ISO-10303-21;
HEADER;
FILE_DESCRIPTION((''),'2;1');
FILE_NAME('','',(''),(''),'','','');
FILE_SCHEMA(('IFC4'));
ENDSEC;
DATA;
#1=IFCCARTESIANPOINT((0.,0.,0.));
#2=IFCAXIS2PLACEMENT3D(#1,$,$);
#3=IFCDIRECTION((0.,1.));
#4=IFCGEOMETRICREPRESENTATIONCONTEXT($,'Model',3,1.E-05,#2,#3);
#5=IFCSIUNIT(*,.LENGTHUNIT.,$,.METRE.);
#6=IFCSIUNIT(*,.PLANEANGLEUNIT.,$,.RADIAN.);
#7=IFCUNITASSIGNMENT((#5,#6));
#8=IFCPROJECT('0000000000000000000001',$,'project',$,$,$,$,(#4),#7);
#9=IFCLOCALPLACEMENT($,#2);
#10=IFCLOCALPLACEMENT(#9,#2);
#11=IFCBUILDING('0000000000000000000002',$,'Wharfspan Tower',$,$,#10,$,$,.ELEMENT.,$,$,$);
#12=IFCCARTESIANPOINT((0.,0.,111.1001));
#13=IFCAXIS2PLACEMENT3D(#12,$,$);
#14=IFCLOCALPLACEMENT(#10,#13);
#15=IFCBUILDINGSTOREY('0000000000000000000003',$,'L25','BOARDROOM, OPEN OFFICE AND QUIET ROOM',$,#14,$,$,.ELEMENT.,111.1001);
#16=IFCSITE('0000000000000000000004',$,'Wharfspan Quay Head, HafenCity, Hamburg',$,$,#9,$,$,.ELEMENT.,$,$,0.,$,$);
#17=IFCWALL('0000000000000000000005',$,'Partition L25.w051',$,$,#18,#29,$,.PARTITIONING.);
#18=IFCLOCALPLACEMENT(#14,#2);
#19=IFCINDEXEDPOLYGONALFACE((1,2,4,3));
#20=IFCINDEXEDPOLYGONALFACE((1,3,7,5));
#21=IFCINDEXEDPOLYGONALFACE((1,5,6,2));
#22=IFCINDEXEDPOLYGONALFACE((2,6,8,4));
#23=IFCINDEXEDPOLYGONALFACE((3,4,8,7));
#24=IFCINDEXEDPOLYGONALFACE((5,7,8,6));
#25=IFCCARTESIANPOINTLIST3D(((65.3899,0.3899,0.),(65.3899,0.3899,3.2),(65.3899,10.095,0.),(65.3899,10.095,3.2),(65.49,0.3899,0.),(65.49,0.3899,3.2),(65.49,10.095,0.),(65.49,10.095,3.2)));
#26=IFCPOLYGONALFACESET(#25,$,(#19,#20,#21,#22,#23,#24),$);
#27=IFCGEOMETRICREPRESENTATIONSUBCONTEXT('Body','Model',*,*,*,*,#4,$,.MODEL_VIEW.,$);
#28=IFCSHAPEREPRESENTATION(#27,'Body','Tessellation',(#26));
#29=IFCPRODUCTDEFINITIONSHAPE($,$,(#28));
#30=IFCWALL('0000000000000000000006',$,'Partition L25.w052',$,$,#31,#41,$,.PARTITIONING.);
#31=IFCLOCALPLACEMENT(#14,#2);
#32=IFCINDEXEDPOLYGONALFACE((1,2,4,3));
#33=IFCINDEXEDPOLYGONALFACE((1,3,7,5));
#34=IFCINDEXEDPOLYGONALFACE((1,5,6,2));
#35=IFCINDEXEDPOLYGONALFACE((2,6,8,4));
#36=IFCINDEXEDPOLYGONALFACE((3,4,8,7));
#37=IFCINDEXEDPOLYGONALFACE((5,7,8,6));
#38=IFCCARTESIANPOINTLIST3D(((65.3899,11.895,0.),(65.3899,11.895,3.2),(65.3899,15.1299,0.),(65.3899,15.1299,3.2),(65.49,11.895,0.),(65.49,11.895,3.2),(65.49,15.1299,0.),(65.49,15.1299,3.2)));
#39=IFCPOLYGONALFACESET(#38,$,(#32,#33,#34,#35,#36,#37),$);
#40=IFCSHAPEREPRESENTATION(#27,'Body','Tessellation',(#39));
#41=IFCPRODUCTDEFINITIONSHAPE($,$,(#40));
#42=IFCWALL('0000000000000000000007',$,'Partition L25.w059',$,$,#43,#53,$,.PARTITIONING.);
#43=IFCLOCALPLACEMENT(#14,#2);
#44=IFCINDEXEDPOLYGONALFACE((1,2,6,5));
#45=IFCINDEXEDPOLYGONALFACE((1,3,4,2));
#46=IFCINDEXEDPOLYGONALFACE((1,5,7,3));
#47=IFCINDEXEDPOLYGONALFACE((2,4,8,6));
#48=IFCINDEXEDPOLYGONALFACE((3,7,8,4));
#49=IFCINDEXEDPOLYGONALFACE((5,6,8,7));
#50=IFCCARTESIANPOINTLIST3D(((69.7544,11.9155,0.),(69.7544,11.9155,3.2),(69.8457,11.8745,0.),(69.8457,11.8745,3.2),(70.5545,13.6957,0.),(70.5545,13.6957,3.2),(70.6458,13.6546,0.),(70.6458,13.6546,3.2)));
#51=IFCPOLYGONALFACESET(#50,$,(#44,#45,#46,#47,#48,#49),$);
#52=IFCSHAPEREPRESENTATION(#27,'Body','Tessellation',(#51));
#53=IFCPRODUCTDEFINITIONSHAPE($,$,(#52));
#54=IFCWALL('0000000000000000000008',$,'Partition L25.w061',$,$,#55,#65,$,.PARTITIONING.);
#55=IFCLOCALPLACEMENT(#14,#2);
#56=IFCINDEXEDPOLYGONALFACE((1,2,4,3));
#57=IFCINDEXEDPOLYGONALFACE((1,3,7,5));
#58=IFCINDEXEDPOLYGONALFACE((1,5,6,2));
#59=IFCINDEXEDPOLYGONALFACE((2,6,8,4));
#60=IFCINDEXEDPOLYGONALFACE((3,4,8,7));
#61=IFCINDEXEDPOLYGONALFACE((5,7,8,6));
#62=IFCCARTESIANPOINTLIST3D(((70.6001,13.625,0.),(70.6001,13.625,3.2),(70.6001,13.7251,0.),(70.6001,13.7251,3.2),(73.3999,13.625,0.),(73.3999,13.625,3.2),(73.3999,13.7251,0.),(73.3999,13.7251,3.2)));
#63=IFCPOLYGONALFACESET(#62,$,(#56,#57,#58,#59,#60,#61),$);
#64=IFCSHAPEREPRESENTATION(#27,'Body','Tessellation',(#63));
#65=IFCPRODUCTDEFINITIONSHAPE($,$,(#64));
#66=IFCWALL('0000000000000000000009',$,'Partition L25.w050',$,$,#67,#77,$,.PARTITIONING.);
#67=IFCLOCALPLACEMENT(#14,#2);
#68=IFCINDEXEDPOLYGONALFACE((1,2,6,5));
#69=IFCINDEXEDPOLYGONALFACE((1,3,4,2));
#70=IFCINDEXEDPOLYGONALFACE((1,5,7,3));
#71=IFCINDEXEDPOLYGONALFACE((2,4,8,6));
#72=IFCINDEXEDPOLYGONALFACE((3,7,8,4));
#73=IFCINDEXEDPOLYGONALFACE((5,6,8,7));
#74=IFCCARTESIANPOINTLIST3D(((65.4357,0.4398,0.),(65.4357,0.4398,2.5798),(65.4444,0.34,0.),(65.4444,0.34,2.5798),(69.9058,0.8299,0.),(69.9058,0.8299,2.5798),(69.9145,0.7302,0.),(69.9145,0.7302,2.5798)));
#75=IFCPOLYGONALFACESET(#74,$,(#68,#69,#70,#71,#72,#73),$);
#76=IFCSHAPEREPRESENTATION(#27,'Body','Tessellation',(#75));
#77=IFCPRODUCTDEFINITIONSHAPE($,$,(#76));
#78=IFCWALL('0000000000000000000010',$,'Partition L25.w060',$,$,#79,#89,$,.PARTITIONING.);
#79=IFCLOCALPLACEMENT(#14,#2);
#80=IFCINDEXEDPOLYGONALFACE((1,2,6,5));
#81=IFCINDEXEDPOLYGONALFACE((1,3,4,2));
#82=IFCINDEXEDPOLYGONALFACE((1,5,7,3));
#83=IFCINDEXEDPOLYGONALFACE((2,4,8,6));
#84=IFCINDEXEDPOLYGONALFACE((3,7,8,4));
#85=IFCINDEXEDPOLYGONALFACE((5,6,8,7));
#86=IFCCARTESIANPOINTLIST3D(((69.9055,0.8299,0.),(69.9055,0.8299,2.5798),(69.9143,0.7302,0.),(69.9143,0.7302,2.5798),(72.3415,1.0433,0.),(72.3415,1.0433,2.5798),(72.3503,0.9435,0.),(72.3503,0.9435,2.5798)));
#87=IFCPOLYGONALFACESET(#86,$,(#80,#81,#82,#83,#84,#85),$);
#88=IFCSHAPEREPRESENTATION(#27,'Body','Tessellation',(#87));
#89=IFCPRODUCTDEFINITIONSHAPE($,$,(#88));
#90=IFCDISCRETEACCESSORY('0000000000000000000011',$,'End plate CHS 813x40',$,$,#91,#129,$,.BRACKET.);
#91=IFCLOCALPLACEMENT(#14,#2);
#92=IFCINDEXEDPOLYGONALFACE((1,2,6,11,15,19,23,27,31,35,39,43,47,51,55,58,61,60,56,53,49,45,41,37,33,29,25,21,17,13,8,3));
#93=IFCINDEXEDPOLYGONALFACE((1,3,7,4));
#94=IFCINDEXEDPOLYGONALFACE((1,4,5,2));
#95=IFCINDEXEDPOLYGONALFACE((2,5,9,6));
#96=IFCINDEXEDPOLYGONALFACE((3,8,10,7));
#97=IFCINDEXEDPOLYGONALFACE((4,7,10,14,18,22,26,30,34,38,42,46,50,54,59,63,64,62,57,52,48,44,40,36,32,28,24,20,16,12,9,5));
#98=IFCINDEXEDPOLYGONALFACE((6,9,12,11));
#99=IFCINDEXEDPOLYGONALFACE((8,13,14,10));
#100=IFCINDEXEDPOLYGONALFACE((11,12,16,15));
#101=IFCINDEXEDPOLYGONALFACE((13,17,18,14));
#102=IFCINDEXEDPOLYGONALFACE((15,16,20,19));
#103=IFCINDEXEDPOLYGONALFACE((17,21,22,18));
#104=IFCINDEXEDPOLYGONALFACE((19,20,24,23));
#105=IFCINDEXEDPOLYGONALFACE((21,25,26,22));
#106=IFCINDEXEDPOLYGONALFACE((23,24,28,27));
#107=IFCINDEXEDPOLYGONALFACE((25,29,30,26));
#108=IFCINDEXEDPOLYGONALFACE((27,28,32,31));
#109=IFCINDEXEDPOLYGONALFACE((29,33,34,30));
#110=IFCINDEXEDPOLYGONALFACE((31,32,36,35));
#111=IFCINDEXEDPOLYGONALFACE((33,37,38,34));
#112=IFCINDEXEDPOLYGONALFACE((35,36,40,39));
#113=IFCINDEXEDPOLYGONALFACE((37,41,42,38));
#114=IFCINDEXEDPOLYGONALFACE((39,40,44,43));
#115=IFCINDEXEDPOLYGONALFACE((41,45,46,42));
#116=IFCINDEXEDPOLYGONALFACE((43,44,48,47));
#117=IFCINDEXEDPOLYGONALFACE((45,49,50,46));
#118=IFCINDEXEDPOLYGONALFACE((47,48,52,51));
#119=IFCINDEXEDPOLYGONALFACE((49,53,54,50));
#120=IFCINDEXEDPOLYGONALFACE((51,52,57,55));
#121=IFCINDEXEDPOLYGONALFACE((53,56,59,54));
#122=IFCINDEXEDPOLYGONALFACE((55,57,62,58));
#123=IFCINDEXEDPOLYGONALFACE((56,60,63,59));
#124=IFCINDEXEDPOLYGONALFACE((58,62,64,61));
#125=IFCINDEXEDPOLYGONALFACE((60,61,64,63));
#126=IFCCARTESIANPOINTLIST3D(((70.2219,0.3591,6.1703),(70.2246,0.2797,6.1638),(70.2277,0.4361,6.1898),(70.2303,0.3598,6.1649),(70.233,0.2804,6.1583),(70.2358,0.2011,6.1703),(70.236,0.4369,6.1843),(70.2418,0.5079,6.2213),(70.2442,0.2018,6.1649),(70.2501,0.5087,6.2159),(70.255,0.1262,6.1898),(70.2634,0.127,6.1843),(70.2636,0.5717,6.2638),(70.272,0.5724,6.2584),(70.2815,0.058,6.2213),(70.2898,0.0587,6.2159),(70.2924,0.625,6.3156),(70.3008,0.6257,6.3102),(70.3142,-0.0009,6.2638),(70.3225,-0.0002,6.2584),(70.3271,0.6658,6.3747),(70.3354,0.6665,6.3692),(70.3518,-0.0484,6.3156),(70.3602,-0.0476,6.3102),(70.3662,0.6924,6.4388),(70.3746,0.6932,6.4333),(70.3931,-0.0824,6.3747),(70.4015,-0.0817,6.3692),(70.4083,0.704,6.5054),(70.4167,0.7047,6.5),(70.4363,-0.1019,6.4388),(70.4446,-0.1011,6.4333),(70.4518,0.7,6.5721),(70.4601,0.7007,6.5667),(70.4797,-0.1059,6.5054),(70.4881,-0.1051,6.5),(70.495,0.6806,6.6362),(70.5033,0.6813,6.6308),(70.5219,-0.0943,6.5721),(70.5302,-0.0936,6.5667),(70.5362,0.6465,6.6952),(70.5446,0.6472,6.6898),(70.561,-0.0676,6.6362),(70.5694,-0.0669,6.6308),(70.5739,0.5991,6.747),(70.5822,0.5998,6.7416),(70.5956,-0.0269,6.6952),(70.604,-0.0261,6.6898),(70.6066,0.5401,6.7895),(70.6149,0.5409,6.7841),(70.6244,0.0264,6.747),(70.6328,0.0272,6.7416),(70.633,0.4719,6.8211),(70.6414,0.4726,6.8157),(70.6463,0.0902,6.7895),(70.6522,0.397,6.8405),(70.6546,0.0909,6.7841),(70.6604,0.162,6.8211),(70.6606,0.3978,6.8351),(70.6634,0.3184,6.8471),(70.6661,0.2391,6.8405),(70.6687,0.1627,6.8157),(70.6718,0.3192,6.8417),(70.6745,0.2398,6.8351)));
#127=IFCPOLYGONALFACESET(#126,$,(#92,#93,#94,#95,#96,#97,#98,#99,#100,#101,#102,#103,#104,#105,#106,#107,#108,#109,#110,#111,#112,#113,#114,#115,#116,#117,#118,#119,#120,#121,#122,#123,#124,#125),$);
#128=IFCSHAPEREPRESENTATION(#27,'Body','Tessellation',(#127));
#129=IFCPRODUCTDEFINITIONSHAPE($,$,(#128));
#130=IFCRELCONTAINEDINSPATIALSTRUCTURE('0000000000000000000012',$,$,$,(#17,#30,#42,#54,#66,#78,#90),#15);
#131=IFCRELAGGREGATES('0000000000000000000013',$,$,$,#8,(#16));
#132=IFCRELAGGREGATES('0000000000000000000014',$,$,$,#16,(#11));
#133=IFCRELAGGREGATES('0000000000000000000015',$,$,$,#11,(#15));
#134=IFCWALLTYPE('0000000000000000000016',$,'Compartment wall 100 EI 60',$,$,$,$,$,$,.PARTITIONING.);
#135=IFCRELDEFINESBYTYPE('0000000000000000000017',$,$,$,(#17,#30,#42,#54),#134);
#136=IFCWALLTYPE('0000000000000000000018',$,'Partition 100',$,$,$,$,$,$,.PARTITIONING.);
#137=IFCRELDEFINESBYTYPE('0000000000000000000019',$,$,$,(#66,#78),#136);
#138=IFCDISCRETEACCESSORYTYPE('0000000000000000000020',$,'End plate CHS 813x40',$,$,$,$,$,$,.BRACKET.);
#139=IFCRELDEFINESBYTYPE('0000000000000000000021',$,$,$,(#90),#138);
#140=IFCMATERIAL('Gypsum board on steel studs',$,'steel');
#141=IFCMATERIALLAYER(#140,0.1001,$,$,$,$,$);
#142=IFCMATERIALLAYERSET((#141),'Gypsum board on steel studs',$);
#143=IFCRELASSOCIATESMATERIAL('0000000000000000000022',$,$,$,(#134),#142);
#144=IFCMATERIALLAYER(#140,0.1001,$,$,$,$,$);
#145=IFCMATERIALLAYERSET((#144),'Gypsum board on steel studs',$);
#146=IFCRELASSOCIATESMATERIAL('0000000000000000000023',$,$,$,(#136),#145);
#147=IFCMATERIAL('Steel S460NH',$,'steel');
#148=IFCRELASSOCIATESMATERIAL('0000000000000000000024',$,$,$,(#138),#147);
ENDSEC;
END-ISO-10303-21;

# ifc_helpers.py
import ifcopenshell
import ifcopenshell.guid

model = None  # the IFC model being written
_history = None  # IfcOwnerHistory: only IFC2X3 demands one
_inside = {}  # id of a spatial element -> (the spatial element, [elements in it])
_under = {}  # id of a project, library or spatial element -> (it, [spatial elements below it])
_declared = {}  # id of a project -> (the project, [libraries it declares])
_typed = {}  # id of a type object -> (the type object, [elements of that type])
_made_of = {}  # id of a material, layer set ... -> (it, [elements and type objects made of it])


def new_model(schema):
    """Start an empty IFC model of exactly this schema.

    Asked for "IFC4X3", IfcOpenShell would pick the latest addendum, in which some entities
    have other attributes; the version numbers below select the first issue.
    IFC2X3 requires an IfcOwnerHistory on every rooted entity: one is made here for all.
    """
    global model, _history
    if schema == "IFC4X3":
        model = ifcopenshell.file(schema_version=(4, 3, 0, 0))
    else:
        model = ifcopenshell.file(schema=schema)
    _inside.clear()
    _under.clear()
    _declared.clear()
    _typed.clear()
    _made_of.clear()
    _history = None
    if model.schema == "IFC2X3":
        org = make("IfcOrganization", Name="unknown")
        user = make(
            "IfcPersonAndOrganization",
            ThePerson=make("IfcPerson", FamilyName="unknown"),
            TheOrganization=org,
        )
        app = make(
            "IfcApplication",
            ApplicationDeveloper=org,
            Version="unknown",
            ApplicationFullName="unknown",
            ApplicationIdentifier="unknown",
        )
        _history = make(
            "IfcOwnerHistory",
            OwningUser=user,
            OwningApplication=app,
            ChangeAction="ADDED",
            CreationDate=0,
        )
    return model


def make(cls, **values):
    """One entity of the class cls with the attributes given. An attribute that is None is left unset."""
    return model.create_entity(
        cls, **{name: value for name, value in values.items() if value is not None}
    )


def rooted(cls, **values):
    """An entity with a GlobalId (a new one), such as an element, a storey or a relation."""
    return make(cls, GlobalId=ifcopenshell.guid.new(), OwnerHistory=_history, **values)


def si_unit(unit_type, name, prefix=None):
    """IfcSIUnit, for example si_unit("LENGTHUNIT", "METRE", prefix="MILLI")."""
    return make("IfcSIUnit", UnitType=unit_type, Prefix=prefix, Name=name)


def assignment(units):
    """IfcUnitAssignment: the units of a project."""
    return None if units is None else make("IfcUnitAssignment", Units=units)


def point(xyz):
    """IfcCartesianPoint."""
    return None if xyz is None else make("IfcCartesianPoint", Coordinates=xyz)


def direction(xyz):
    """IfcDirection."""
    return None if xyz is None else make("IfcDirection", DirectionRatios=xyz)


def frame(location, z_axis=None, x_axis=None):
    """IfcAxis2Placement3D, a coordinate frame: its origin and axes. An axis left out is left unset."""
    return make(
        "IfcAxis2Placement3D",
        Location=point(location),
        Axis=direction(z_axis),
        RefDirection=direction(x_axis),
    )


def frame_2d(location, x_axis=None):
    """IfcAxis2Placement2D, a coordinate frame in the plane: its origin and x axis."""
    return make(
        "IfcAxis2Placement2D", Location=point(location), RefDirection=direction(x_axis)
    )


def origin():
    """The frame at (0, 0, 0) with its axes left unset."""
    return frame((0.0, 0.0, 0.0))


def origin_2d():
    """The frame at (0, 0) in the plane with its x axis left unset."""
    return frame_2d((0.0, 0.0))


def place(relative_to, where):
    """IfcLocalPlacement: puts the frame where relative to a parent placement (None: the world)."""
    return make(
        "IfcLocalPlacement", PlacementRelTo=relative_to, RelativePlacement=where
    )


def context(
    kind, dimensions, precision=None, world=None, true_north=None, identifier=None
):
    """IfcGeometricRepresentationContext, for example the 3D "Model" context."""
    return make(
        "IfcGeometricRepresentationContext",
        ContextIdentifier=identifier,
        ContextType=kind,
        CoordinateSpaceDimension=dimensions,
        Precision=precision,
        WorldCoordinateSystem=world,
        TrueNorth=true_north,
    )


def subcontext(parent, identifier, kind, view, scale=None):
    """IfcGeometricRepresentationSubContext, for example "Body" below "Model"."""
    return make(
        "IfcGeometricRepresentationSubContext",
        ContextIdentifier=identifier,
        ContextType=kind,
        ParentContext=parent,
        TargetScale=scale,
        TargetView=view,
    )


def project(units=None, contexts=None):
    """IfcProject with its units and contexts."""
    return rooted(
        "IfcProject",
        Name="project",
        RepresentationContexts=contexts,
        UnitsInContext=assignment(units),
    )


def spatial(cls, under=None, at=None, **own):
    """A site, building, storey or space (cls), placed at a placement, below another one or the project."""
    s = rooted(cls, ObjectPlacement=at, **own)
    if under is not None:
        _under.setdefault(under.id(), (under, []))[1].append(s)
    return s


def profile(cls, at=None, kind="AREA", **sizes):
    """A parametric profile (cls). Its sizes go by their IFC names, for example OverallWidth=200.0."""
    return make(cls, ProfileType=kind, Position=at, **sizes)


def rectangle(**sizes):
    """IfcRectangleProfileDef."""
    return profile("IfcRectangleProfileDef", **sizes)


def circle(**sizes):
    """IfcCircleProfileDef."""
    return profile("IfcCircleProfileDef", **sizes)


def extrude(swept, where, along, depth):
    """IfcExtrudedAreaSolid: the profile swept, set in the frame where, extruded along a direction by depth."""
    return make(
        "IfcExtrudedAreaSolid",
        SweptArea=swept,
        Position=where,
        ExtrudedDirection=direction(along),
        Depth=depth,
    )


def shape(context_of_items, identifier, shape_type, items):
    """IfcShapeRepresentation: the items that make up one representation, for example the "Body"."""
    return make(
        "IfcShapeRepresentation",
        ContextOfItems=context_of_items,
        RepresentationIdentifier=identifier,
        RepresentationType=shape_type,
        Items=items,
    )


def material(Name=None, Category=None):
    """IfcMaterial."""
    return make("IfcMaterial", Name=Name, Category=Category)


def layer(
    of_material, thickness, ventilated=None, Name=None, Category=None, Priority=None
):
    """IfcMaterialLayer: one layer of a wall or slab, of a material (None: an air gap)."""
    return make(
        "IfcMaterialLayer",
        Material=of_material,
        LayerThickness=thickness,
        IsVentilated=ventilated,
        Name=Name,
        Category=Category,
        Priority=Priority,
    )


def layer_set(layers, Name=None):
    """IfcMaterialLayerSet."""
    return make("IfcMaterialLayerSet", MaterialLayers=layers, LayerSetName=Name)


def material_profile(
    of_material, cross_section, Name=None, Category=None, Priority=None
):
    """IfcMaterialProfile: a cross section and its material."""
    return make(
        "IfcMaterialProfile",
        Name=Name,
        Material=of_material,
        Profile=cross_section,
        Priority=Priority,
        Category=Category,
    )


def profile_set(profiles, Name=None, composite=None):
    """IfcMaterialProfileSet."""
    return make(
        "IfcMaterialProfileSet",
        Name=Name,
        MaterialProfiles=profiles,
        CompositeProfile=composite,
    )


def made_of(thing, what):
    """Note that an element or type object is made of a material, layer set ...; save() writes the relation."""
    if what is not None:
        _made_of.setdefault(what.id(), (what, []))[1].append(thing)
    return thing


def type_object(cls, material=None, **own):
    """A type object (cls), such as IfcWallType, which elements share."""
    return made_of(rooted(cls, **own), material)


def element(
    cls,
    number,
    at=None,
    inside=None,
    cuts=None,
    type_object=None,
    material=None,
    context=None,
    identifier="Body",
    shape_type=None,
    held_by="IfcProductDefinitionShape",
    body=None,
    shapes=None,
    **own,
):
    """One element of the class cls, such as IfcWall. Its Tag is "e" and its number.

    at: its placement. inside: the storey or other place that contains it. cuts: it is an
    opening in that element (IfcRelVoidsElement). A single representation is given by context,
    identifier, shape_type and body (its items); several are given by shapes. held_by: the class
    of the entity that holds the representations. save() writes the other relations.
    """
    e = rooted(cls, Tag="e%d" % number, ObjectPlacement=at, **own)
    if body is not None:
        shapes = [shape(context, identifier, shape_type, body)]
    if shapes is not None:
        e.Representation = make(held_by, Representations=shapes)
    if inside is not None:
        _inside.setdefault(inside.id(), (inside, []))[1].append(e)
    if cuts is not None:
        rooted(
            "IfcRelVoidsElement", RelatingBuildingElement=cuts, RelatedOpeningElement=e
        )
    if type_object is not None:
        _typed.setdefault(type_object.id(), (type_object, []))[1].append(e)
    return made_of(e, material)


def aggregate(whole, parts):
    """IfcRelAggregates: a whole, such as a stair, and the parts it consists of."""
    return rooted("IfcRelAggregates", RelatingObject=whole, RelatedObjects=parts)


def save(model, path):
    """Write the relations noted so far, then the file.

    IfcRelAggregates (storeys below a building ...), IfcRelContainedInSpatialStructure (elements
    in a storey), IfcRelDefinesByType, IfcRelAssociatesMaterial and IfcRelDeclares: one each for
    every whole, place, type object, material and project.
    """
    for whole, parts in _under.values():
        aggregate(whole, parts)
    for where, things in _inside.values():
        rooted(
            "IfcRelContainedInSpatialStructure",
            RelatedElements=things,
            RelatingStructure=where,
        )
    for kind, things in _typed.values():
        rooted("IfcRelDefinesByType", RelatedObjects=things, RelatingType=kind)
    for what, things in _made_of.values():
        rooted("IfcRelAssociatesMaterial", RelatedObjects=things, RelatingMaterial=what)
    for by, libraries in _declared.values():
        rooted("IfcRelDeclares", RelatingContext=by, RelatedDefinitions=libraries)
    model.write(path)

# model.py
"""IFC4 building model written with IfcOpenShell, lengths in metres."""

from ifc_helpers import new_model, si_unit, direction, frame, frame_2d, origin, origin_2d, place, context, subcontext, project, spatial, rectangle, circle, extrude, material, layer, layer_set, material_profile, profile_set, type_object, element, save


model = new_model("IFC4")

# Units and contexts
model_context = context("Model", 3, precision=1e-05, world=origin(), true_north=direction((0.0, 1.0)))
body_context = subcontext(model_context, "Body", "Model", "MODEL_VIEW")
ifc_project = project(units=[si_unit("LENGTHUNIT", "METRE"), si_unit("PLANEANGLEUNIT", "RADIAN")], contexts=[model_context])

# Site, building, storey
site_placement = place(None, origin())
site = spatial("IfcSite", under=ifc_project, at=site_placement, Name="Wharfspan Quay Head, HafenCity, Hamburg", CompositionType="ELEMENT", RefElevation=0.0)
building_placement = place(site_placement, origin())
building = spatial("IfcBuilding", under=site, at=building_placement, Name="Wharfspan Tower", CompositionType="ELEMENT")
storey_placement = place(building_placement, frame((0.0, 0.0, 111.1001)))
storey = spatial("IfcBuildingStorey", under=building, at=storey_placement, Name="L25", Description="BOARDROOM, OPEN OFFICE AND QUIET ROOM", CompositionType="ELEMENT", Elevation=111.1001)

# Shared definitions
ifc_material_1 = material(Name="Gypsum board on steel studs", Category="steel")
ifc_layer_1 = layer(ifc_material_1, 0.1001)
ifc_layer_set_1 = layer_set([ifc_layer_1], Name="Gypsum board on steel studs")
wall_type_1 = type_object("IfcWallType", Name="Compartment wall 100 EI 60", PredefinedType="PARTITIONING", material=ifc_layer_set_1)

# Walls
wall_1_placement = place(storey_placement, frame((65.4399, 0.3899, 0.0), z_axis=(0.0, 0.0, 1.0), x_axis=(0.0, 1.0, 0.0)))
element("IfcWall", 1, at=wall_1_placement, inside=storey, type_object=wall_type_1, Name="Partition L25.w051", PredefinedType="PARTITIONING", context=body_context, shape_type="SweptSolid", body=[
    extrude(rectangle(XDim=9.7051, YDim=0.1001, at=frame_2d((4.8525, 0.0))), origin(), (0.0, 0.0, 1.0), 3.2),
])
wall_2_placement = place(storey_placement, frame((65.4399, 11.895, 0.0), z_axis=(0.0, 0.0, 1.0), x_axis=(0.0, 1.0, 0.0)))
element("IfcWall", 2, at=wall_2_placement, inside=storey, type_object=wall_type_1, Name="Partition L25.w052", PredefinedType="PARTITIONING", context=body_context, shape_type="SweptSolid", body=[
    extrude(rectangle(XDim=3.2349, YDim=0.1001, at=frame_2d((1.6174, 0.0))), origin(), (0.0, 0.0, 1.0), 3.2),
])
wall_3_placement = place(storey_placement, frame((69.8, 11.895, 0.0), z_axis=(0.0, 0.0, 1.0), x_axis=(0.409954, 0.912107, 0.0)))
element("IfcWall", 3, at=wall_3_placement, inside=storey, type_object=wall_type_1, Name="Partition L25.w059", PredefinedType="PARTITIONING", context=body_context, shape_type="SweptSolid", body=[
    extrude(rectangle(XDim=1.9517, YDim=0.1001, at=frame_2d((0.9758, 0.0))), origin(), (0.0, 0.0, 1.0), 3.2),
])
wall_4_placement = place(storey_placement, frame((70.6001, 13.675, 0.0), z_axis=(0.0, 0.0, 1.0), x_axis=(1.0, 0.0, 0.0)))
element("IfcWall", 4, at=wall_4_placement, inside=storey, type_object=wall_type_1, Name="Partition L25.w061", PredefinedType="PARTITIONING", context=body_context, shape_type="SweptSolid", body=[
    extrude(rectangle(XDim=2.7998, YDim=0.1001, at=frame_2d((1.3999, 0.0))), origin(), (0.0, 0.0, 1.0), 3.2),
])
ifc_layer_2 = layer(ifc_material_1, 0.1001)
ifc_layer_set_2 = layer_set([ifc_layer_2], Name="Gypsum board on steel studs")
wall_type_2 = type_object("IfcWallType", Name="Partition 100", PredefinedType="PARTITIONING", material=ifc_layer_set_2)
wall_5_placement = place(storey_placement, frame((65.4399, 0.3899, 0.0), z_axis=(0.0, 0.0, 1.0), x_axis=(0.996214, 0.086949, 0.0)))
element("IfcWall", 5, at=wall_5_placement, inside=storey, type_object=wall_type_2, Name="Partition L25.w050", PredefinedType="PARTITIONING", context=body_context, shape_type="SweptSolid", body=[
    extrude(rectangle(XDim=4.4871, YDim=0.1001, at=frame_2d((2.2437, 0.0))), origin(), (0.0, 0.0, 1.0), 2.5798),
])
wall_6_placement = place(storey_placement, frame((69.9099, 0.78, 0.0), z_axis=(0.0, 0.0, 1.0), x_axis=(0.99619, 0.087259, 0.0)))
element("IfcWall", 6, at=wall_6_placement, inside=storey, type_object=wall_type_2, Name="Partition L25.w060", PredefinedType="PARTITIONING", context=body_context, shape_type="SweptSolid", body=[
    extrude(rectangle(XDim=2.4453, YDim=0.1001, at=frame_2d((1.2227, 0.0))), origin(), (0.0, 0.0, 1.0), 2.5798),
])

# Discrete accessory
ifc_material_2 = material(Name="Steel S460NH", Category="steel")
ifc_material_profile_1 = material_profile(ifc_material_2, circle(Radius=0.4065, at=origin_2d()))
ifc_profile_set_1 = profile_set([ifc_material_profile_1], Name="Steel S460NH")
discrete_accessory_type = type_object("IfcDiscreteAccessoryType", Name="End plate CHS 813x40", PredefinedType="BRACKET", material=ifc_profile_set_1)
discrete_accessory_placement = place(storey_placement, frame((70.4524, 0.2998, 6.5), z_axis=(-0.837276, -0.073877, 0.541767), x_axis=(0.087893, -0.996132, -0.000001)))
element("IfcDiscreteAccessory", 7, at=discrete_accessory_placement, inside=storey, type_object=discrete_accessory_type, Name="End plate CHS 813x40", PredefinedType="BRACKET", context=body_context, shape_type="SweptSolid", body=[
    extrude(circle(Radius=0.4065, at=origin_2d()), origin(), (0.0, 0.0, 1.0), 0.01),
])

save(model, "model.ifc")
